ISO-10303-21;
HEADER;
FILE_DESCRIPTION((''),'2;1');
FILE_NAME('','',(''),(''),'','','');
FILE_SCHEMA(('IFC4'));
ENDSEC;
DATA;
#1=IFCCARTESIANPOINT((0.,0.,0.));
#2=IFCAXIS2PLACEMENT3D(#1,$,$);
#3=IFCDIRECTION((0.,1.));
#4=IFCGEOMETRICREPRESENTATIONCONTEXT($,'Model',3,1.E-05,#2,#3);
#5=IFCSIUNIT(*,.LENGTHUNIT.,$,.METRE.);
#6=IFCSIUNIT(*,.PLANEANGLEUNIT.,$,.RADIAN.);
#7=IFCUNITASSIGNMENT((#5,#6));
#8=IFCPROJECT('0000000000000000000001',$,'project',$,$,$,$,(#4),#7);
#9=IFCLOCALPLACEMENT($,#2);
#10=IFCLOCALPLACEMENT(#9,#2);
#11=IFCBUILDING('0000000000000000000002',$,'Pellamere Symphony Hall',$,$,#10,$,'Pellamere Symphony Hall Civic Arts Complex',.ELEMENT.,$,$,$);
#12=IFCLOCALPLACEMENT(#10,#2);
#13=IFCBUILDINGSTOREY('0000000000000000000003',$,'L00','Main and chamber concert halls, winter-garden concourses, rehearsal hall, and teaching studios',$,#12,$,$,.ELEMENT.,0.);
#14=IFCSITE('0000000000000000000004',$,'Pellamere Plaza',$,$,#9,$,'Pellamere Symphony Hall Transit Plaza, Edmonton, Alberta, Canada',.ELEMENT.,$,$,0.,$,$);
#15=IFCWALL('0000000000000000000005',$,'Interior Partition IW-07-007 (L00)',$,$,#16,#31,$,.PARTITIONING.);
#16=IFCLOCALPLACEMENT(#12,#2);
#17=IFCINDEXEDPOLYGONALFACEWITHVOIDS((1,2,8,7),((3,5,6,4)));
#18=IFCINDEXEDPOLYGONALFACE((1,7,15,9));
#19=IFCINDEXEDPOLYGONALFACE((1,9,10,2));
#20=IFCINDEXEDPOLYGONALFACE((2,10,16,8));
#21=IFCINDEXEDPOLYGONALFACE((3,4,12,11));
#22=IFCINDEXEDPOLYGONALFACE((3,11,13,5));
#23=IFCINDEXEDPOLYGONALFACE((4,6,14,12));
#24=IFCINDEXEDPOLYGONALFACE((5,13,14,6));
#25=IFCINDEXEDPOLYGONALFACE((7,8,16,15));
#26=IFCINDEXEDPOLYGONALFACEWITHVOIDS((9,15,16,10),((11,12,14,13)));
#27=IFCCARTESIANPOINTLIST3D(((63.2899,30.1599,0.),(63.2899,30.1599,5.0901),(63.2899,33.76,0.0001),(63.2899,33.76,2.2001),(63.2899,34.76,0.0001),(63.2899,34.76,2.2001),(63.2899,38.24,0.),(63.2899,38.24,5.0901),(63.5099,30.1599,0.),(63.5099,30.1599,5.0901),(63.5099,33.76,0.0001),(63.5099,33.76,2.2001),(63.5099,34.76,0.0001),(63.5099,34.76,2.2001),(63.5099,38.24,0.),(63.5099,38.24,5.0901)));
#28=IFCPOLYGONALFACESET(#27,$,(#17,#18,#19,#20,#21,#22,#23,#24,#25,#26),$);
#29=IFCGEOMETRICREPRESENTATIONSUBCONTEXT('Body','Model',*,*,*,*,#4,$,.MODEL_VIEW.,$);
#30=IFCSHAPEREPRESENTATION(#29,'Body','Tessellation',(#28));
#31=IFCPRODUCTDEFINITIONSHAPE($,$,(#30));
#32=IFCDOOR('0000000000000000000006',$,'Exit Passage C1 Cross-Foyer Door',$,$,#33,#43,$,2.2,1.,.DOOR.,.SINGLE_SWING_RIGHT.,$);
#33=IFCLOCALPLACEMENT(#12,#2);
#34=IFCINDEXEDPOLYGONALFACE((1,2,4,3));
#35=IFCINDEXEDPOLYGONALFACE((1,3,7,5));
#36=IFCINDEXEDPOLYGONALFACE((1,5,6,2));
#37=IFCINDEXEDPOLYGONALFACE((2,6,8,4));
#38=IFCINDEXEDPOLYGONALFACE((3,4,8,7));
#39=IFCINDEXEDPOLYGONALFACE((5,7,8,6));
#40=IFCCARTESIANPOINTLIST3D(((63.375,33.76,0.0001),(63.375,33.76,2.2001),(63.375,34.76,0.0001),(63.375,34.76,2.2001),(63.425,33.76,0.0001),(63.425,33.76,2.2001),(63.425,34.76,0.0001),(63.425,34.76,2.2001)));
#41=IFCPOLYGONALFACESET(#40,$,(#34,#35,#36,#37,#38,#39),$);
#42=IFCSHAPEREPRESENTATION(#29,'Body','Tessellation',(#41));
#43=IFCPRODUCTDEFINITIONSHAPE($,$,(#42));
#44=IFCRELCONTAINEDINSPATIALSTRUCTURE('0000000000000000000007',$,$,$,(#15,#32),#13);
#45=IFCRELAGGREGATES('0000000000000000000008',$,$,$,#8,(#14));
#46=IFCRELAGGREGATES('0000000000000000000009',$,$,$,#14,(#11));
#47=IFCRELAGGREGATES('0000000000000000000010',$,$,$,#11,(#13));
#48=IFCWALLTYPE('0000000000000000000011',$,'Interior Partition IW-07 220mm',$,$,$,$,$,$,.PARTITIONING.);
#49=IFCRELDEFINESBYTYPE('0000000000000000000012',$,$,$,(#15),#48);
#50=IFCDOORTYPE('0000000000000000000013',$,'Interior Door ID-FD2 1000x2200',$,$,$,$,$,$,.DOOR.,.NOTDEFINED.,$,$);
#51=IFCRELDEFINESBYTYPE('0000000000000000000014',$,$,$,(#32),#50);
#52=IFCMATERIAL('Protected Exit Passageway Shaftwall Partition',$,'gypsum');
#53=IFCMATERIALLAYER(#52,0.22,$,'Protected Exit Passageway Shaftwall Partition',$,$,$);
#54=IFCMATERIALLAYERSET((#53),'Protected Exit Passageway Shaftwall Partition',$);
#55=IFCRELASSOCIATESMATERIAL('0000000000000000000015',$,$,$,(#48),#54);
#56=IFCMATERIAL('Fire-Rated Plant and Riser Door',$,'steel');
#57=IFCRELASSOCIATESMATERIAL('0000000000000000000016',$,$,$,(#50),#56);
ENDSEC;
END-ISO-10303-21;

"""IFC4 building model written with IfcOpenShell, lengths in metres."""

from ifc_helpers import new_model, si_unit, direction, frame, frame_2d, origin, place, context, subcontext, project, spatial, rectangle, extrude, material, layer, layer_set, type_object, element, fill, save


model = new_model("IFC4")

# Units and contexts
model_context = context("Model", 3, precision=1e-05, world=origin(), true_north=direction((0.0, 1.0)))
body_context = subcontext(model_context, "Body", "Model", "MODEL_VIEW")
ifc_project = project(units=[si_unit("LENGTHUNIT", "METRE"), si_unit("PLANEANGLEUNIT", "RADIAN")], contexts=[model_context])

# Site, building, storey
site_placement = place(None, origin())
site = spatial("IfcSite", under=ifc_project, at=site_placement, Name="Pellamere Plaza", LongName="Pellamere Symphony Hall Transit Plaza, Edmonton, Alberta, Canada", CompositionType="ELEMENT", RefElevation=0.0)
building_placement = place(site_placement, origin())
building = spatial("IfcBuilding", under=site, at=building_placement, Name="Pellamere Symphony Hall", LongName="Pellamere Symphony Hall Civic Arts Complex", CompositionType="ELEMENT")
storey_placement = place(building_placement, origin())
storey = spatial("IfcBuildingStorey", under=building, at=storey_placement, Name="L00", Description="Main and chamber concert halls, winter-garden concourses, rehearsal hall, and teaching studios", CompositionType="ELEMENT", Elevation=0.0)

# Wall, opening, door
ifc_material_1 = material(Name="Protected Exit Passageway Shaftwall Partition", Category="gypsum")
ifc_layer_1 = layer(ifc_material_1, 0.22, Name="Protected Exit Passageway Shaftwall Partition")
ifc_layer_set_1 = layer_set([ifc_layer_1], Name="Protected Exit Passageway Shaftwall Partition")
wall_type_1 = type_object("IfcWallType", Name="Interior Partition IW-07 220mm", PredefinedType="PARTITIONING", material=ifc_layer_set_1)
wall_1_placement = place(storey_placement, frame((63.3999, 30.1599, 0.0), z_axis=(0.0, 0.0, 1.0), x_axis=(0.0, 1.0, 0.0)))
wall_1 = element("IfcWall", 1, at=wall_1_placement, inside=storey, type_object=wall_type_1, Name="Interior Partition IW-07-007 (L00)", PredefinedType="PARTITIONING", context=body_context, shape_type="SweptSolid", body=[
    extrude(rectangle(XDim=8.0801, YDim=0.22, at=frame_2d((4.04, 0.0))), origin(), (0.0, 0.0, 1.0), 5.0901),
])
opening_1_placement = place(wall_1_placement, frame((3.6001, 0.0, 0.0)))
opening_1 = element("IfcOpeningElement", 2, at=opening_1_placement, cuts=wall_1, PredefinedType="OPENING", context=body_context, shape_type="SweptSolid", body=[
    extrude(rectangle(XDim=1.0, YDim=2.2, at=frame_2d((0.5, 1.1001))), frame((0.0, 0.1199, 0.0), z_axis=(0.0, -1.0, 0.0), x_axis=(1.0, 0.0, 0.0)), (0.0, 0.0, 1.0), 0.24),
])
ifc_material_2 = material(Name="Fire-Rated Plant and Riser Door", Category="steel")
door_type_1 = type_object("IfcDoorType", Name="Interior Door ID-FD2 1000x2200", OperationType="NOTDEFINED", PredefinedType="DOOR", material=ifc_material_2)
door_1_placement = place(opening_1_placement, origin())
door_1 = element("IfcDoor", 3, at=door_1_placement, inside=storey, type_object=door_type_1, Name="Exit Passage C1 Cross-Foyer Door", OperationType="SINGLE_SWING_RIGHT", OverallHeight=2.2, OverallWidth=1.0, PredefinedType="DOOR", context=body_context, shape_type="SweptSolid", body=[
    extrude(rectangle(XDim=1.0, YDim=2.2, at=frame_2d((0.5, 1.1001))), frame((0.0, 0.0249, 0.0), z_axis=(0.0, -1.0, 0.0), x_axis=(1.0, 0.0, 0.0)), (0.0, 0.0, 1.0), 0.05),
])
fill(opening_1, door_1)

save(model, "model.ifc")
